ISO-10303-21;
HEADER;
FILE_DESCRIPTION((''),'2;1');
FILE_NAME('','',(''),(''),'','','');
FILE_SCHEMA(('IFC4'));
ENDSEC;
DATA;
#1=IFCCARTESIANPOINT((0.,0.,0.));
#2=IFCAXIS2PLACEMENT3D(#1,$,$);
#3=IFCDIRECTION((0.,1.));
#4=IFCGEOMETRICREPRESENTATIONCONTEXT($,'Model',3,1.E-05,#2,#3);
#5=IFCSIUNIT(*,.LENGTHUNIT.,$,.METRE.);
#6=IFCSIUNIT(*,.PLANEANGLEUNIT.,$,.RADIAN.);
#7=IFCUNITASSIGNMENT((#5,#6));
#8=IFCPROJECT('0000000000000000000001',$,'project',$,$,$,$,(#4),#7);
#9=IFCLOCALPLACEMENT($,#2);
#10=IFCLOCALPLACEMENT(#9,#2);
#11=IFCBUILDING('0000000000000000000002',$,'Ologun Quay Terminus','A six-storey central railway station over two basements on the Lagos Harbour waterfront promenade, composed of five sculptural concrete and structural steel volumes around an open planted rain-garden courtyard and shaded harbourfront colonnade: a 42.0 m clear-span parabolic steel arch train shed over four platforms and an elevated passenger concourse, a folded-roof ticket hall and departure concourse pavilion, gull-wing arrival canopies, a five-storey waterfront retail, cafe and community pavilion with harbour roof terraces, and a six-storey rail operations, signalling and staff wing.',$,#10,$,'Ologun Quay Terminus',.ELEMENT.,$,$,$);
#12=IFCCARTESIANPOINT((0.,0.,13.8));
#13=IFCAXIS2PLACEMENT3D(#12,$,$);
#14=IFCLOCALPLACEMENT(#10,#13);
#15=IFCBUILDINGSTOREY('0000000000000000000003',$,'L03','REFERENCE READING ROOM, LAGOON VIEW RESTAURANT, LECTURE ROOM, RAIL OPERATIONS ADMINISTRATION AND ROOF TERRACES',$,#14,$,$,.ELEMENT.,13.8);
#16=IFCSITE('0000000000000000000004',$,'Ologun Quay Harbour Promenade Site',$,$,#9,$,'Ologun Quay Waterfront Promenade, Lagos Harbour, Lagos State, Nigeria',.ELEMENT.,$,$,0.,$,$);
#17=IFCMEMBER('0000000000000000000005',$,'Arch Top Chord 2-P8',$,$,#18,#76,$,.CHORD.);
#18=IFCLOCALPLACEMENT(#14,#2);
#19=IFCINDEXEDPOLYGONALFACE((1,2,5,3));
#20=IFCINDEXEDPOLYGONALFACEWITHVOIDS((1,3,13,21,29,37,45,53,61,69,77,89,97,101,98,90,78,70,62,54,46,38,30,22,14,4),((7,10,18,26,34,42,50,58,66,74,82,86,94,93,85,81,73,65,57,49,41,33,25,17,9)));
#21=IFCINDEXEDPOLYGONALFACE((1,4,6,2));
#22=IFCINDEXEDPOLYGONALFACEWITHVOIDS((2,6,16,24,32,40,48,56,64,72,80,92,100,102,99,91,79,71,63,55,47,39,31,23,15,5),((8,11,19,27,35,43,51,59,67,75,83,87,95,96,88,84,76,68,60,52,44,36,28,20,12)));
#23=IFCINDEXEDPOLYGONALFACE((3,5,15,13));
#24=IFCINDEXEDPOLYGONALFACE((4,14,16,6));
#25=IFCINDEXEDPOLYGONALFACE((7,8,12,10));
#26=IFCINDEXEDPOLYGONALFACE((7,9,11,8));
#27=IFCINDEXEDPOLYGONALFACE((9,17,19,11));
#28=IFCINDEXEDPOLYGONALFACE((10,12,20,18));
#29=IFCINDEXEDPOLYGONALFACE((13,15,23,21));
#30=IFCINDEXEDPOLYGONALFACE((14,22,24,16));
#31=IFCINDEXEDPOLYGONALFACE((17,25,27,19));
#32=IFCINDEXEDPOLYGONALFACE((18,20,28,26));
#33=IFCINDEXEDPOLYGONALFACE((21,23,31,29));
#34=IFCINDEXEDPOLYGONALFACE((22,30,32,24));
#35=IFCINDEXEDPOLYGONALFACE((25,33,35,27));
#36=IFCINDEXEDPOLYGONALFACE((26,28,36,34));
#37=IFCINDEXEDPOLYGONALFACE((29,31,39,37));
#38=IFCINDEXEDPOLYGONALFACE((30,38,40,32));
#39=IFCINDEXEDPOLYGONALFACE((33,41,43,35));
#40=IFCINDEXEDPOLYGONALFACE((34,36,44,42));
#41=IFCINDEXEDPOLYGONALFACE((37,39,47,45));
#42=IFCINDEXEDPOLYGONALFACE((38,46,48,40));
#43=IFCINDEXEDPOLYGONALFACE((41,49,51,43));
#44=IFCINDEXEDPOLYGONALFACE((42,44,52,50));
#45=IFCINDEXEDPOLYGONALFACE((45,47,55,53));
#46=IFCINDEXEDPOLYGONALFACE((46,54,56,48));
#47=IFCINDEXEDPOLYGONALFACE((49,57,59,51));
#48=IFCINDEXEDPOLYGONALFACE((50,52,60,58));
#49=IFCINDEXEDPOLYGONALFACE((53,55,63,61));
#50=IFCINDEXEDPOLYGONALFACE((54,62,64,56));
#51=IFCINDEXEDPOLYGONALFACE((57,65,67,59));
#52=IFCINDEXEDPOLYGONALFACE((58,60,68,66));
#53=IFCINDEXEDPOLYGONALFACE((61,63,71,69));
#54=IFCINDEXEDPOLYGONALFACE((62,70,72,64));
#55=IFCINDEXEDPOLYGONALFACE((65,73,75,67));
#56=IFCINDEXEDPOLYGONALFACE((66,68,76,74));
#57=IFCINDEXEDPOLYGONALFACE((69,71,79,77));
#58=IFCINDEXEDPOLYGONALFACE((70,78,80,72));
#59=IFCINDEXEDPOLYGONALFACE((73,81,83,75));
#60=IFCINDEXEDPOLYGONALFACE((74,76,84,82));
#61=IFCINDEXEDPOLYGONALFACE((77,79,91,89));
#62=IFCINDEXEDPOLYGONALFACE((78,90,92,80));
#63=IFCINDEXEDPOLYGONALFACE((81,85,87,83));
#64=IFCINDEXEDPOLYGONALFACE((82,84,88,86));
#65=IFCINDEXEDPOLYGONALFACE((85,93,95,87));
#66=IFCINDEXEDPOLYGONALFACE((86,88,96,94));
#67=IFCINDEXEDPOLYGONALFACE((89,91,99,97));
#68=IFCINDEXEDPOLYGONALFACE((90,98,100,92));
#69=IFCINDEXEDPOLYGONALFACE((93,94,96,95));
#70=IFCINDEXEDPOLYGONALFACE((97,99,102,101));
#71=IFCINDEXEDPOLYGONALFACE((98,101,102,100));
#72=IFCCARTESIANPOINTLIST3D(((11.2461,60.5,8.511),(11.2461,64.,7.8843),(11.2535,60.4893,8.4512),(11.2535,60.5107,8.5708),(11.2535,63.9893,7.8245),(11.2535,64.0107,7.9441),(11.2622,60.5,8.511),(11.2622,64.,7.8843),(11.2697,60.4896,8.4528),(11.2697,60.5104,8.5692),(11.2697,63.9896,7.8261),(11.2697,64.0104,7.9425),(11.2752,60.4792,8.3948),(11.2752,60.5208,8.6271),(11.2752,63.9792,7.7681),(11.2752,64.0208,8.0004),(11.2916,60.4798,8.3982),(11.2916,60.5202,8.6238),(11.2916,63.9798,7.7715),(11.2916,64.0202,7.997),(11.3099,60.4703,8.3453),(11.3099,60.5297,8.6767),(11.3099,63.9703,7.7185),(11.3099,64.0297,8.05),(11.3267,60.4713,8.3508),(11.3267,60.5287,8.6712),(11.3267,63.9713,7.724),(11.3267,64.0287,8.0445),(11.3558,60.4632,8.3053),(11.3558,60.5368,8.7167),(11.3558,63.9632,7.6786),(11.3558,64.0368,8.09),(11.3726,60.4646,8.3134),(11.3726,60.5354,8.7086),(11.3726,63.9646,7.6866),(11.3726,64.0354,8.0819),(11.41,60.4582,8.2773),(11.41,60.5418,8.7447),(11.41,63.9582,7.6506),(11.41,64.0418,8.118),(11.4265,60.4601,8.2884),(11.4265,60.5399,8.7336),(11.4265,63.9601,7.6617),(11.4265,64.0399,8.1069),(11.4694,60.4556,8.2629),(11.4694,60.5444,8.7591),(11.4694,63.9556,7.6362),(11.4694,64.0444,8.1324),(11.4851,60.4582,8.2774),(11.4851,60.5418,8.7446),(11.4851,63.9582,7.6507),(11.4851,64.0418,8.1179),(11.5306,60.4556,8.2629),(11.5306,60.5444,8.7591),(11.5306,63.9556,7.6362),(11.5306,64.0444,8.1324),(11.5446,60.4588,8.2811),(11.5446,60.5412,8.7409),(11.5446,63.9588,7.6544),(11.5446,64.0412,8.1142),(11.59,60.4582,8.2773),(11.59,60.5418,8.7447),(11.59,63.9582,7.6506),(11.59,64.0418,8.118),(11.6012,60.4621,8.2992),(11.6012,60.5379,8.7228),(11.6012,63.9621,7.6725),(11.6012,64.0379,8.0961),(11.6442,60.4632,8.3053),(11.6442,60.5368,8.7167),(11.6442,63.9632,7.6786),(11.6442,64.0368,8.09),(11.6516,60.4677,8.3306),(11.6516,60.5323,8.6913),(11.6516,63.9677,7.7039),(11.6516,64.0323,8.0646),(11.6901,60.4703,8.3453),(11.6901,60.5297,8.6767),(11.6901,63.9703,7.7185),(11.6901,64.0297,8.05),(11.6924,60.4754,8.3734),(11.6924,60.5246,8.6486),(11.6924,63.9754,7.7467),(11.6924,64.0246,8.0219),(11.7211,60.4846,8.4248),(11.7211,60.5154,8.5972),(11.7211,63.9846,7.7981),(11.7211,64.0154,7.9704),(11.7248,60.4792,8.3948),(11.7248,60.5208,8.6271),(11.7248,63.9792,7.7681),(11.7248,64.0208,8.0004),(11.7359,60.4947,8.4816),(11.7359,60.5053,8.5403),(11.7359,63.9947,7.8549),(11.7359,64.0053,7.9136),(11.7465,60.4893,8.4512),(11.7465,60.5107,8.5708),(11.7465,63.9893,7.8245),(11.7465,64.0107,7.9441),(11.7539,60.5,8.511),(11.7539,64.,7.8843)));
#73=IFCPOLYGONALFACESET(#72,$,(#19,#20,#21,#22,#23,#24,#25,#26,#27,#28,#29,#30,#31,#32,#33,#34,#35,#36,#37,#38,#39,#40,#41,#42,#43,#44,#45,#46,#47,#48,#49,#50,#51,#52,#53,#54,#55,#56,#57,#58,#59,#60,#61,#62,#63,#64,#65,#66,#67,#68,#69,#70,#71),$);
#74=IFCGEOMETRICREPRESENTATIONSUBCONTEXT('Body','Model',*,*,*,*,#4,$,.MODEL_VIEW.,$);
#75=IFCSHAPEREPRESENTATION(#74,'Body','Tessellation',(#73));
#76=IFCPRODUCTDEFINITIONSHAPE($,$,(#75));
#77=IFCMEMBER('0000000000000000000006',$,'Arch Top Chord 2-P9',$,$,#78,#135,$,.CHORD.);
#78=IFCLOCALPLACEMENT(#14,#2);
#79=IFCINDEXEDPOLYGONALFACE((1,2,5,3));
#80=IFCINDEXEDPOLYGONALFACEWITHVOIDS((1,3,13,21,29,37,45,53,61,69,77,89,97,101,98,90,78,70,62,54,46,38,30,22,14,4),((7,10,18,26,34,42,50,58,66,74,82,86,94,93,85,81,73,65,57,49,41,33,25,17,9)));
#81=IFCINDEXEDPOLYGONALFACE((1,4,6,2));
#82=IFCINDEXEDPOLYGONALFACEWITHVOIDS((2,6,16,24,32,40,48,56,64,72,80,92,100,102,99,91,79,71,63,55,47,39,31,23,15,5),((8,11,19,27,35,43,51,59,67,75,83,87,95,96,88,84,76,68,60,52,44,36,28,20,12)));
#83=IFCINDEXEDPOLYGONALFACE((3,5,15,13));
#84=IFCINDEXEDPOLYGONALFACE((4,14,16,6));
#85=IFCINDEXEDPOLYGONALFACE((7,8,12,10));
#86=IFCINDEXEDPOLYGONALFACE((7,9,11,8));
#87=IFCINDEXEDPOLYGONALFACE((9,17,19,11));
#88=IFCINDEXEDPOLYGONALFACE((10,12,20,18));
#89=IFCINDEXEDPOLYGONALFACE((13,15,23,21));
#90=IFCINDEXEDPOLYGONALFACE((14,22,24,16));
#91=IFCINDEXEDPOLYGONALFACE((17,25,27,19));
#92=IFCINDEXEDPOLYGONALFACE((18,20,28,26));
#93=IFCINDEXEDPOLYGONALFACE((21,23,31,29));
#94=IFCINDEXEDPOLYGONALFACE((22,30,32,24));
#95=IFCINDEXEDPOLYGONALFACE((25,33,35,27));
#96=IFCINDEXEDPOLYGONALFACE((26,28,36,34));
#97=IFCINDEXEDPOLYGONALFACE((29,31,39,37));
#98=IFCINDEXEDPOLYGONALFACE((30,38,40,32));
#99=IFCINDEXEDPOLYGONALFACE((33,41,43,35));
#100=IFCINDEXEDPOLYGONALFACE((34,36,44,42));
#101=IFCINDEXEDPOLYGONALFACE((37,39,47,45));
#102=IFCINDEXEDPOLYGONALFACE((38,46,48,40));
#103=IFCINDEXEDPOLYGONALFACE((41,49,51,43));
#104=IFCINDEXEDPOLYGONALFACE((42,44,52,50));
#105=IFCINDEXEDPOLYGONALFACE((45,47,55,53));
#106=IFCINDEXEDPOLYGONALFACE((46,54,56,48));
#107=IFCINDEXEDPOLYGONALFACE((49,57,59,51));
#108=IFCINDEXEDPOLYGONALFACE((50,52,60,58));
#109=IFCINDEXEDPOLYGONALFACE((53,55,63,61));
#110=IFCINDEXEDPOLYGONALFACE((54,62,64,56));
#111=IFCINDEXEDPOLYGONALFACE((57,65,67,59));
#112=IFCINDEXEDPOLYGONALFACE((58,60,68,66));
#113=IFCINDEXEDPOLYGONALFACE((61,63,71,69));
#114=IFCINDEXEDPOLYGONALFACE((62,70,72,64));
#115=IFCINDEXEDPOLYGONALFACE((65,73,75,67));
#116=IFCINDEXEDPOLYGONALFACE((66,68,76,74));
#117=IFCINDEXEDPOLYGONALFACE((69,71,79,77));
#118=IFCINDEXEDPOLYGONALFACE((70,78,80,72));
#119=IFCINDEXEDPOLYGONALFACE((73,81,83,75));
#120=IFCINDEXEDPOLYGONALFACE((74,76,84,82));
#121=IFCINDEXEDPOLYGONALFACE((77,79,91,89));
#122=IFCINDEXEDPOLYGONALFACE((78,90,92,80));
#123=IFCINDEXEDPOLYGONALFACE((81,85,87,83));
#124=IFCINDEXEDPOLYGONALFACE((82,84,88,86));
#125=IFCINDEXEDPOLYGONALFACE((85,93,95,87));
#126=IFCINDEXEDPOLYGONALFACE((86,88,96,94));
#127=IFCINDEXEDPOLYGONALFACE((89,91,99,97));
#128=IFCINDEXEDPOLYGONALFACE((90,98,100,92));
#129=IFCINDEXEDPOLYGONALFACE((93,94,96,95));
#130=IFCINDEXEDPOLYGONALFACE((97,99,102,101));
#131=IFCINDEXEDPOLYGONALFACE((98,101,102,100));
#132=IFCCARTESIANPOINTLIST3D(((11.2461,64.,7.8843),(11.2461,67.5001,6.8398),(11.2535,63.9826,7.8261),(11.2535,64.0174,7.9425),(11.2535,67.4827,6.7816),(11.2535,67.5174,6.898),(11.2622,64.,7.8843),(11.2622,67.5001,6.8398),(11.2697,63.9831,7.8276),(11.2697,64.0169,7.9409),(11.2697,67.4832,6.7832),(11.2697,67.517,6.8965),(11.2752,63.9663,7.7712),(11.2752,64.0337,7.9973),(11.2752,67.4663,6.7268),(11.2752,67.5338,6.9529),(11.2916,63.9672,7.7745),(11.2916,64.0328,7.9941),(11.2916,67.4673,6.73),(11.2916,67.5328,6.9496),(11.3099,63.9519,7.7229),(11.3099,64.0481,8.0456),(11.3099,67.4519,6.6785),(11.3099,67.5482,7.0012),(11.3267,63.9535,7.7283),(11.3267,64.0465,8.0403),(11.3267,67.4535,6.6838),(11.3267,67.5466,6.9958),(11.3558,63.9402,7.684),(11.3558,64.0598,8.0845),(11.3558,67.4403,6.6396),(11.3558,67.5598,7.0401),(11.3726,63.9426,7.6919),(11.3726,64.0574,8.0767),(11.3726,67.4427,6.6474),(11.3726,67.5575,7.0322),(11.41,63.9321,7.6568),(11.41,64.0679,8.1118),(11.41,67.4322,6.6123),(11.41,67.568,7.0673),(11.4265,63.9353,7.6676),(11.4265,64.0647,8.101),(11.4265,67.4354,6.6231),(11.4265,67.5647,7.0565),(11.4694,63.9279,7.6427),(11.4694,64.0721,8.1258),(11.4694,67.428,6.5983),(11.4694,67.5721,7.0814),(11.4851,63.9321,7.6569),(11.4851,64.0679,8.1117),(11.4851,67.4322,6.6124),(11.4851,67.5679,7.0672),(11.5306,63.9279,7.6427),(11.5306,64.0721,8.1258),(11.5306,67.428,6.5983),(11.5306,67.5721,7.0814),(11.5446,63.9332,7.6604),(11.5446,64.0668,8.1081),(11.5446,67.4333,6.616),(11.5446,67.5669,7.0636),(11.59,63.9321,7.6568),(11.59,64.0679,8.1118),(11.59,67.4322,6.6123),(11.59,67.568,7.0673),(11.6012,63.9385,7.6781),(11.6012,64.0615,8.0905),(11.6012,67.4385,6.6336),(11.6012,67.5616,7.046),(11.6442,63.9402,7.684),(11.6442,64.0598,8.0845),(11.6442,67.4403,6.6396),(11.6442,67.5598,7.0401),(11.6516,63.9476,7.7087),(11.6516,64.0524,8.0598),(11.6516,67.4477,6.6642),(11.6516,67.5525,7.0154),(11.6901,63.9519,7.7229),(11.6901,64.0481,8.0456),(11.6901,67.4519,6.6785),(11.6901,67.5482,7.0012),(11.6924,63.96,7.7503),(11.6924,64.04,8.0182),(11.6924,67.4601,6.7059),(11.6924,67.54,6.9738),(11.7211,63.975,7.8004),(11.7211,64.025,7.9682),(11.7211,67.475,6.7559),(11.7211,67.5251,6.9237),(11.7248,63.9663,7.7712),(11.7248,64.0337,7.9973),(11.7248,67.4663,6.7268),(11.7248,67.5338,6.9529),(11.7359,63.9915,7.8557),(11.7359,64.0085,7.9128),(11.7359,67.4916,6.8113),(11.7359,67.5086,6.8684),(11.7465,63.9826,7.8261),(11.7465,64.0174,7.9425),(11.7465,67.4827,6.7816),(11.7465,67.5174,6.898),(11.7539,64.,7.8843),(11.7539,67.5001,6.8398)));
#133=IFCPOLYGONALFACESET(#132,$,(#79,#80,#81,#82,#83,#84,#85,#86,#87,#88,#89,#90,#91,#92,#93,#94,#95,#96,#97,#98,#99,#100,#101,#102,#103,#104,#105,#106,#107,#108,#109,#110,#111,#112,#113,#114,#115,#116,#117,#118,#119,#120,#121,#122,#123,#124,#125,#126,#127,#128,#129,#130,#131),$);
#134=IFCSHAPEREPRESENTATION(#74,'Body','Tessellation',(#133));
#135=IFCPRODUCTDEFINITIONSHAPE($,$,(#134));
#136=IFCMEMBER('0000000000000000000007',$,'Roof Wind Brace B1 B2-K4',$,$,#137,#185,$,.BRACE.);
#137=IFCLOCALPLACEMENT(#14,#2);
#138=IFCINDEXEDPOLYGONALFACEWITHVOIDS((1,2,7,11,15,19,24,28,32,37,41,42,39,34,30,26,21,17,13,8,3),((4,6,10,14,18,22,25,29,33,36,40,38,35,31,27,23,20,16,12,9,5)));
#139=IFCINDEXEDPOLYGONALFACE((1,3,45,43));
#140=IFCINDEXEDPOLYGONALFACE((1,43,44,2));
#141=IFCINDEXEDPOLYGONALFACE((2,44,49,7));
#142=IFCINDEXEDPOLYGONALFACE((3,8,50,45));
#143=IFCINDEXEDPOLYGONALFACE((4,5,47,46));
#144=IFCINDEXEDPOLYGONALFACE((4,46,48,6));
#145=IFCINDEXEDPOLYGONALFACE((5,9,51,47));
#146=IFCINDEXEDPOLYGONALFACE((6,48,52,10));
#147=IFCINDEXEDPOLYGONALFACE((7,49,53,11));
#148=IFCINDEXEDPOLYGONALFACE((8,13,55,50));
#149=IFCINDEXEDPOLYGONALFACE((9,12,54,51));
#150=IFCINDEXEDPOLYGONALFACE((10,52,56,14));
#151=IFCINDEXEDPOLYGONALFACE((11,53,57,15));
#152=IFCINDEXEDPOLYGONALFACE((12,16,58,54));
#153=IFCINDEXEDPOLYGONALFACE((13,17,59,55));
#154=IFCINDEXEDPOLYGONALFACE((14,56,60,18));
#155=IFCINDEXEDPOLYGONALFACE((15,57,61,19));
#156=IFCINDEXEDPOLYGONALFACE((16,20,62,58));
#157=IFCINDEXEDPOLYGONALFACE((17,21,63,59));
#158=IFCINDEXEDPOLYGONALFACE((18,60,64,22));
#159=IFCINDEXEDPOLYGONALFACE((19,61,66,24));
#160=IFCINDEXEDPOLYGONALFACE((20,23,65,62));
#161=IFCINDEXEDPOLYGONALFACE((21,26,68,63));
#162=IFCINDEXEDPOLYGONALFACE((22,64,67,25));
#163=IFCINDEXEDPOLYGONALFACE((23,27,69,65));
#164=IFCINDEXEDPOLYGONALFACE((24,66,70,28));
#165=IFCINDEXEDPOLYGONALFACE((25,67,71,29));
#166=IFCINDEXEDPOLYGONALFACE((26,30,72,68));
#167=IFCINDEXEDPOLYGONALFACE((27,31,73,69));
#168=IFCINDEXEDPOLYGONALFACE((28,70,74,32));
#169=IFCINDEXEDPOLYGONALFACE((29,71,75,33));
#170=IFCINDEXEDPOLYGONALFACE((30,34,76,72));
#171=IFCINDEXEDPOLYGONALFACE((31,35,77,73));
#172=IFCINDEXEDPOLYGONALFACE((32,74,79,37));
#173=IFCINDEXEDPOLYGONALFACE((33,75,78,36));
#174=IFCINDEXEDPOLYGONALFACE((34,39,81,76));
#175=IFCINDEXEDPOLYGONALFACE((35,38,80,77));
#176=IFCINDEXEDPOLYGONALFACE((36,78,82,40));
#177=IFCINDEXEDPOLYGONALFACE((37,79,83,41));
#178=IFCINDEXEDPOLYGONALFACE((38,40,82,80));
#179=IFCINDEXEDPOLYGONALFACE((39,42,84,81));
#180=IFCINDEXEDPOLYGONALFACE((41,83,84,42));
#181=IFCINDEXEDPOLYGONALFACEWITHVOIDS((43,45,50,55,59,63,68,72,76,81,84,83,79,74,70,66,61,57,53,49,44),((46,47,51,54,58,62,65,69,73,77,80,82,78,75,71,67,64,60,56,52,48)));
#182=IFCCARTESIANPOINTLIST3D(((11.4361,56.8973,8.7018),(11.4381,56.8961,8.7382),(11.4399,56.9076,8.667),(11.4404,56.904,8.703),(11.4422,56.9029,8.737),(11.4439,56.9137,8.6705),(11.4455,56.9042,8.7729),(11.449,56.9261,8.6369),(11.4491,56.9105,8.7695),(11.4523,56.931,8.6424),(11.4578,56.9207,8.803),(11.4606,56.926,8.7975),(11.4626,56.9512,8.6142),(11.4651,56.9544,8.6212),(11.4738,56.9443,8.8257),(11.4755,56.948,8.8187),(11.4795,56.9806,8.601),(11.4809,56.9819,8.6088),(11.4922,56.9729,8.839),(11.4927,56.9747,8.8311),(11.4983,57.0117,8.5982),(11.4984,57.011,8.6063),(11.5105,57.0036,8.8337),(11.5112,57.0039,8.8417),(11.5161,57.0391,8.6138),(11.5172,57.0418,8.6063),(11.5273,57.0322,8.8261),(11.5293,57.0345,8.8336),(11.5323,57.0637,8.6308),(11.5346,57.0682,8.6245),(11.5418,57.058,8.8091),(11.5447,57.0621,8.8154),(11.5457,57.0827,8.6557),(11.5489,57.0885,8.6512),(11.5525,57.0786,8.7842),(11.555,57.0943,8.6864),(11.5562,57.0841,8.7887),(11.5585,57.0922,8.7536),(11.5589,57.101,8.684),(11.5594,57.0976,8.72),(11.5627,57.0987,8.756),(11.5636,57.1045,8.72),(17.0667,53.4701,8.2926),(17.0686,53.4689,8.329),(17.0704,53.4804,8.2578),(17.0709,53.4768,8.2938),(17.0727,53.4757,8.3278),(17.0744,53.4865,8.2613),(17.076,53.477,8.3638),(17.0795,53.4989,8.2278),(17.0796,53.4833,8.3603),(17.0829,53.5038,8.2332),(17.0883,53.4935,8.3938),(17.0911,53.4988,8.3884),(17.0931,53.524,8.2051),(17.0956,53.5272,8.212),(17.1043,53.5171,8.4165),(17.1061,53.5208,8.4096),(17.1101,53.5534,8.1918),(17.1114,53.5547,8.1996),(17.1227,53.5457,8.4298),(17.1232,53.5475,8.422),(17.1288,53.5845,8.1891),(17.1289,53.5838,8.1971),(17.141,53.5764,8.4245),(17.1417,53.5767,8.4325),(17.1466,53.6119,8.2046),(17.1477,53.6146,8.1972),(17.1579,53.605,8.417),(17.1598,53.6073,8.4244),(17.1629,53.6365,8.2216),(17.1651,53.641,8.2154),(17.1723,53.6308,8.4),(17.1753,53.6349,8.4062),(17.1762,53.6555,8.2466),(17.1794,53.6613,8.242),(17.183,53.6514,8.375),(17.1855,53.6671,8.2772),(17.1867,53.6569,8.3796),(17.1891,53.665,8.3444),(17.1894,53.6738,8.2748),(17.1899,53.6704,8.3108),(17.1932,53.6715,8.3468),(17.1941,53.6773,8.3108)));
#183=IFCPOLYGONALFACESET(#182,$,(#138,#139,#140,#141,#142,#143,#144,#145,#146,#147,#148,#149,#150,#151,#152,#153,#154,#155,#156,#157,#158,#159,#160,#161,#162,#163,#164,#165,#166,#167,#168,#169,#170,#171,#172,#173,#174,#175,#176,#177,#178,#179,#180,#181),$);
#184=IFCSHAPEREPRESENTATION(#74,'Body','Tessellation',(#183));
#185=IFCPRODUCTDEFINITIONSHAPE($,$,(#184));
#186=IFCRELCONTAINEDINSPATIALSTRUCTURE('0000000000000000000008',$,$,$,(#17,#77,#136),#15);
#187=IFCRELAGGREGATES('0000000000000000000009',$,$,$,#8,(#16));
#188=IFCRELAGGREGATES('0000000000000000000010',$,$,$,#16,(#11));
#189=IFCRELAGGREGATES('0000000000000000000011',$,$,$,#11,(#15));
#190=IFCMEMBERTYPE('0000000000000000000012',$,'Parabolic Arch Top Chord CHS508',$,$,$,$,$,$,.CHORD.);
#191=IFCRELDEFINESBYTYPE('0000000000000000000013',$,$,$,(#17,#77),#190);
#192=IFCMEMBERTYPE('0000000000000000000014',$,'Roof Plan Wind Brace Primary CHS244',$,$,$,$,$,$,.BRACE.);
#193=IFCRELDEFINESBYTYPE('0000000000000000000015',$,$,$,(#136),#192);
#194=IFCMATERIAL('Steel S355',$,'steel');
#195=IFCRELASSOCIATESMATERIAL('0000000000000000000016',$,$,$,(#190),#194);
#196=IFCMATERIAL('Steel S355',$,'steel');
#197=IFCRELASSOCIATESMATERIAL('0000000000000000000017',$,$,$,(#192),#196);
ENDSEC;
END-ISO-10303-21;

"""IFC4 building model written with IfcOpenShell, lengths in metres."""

from ifc_helpers import new_model, si_unit, direction, frame, origin, origin_2d, place, context, subcontext, project, spatial, hollow_circle, extrude, material, material_profile, profile_set, type_object, element, save


model = new_model("IFC4")

# Units and contexts
model_context = context("Model", 3, precision=1e-05, world=origin(), true_north=direction((0.0, 1.0)))
body_context = subcontext(model_context, "Body", "Model", "MODEL_VIEW")
ifc_project = project(units=[si_unit("LENGTHUNIT", "METRE"), si_unit("PLANEANGLEUNIT", "RADIAN")], contexts=[model_context])

# Site, building, storey
site_placement = place(None, origin())
site = spatial("IfcSite", under=ifc_project, at=site_placement, Name="Ologun Quay Harbour Promenade Site", LongName="Ologun Quay Waterfront Promenade, Lagos Harbour, Lagos State, Nigeria", CompositionType="ELEMENT", RefElevation=0.0)
building_placement = place(site_placement, origin())
building = spatial("IfcBuilding", under=site, at=building_placement, Name="Ologun Quay Terminus", Description="A six-storey central railway station over two basements on the Lagos Harbour waterfront promenade, composed of five sculptural concrete and structural steel volumes around an open planted rain-garden courtyard and shaded harbourfront colonnade: a 42.0 m clear-span parabolic steel arch train shed over four platforms and an elevated passenger concourse, a folded-roof ticket hall and departure concourse pavilion, gull-wing arrival canopies, a five-storey waterfront retail, cafe and community pavilion with harbour roof terraces, and a six-storey rail operations, signalling and staff wing.", LongName="Ologun Quay Terminus", CompositionType="ELEMENT")
storey_placement = place(building_placement, frame((0.0, 0.0, 13.8)))
storey = spatial("IfcBuildingStorey", under=building, at=storey_placement, Name="L03", Description="REFERENCE READING ROOM, LAGOON VIEW RESTAURANT, LECTURE ROOM, RAIL OPERATIONS ADMINISTRATION AND ROOF TERRACES", CompositionType="ELEMENT", Elevation=13.8)

# Members
ifc_material_1 = material(Name="Steel S355", Category="steel")
ifc_material_profile_1 = material_profile(ifc_material_1, hollow_circle(Radius=0.2539, WallThickness=0.0161, at=origin_2d()), Name="CHS 508x16")
ifc_profile_set_1 = profile_set([ifc_material_profile_1], Name="Steel S355")
member_type_1 = type_object("IfcMemberType", Name="Parabolic Arch Top Chord CHS508", PredefinedType="CHORD", material=ifc_profile_set_1)
member_1_placement = place(storey_placement, frame((11.5, 60.5, 8.511), z_axis=(0.0, 0.984344, -0.176256), x_axis=(-1.0, 0.0, 0.0)))
element("IfcMember", 1, at=member_1_placement, inside=storey, type_object=member_type_1, Name="Arch Top Chord 2-P8", PredefinedType="CHORD", context=body_context, shape_type="SweptSolid", body=[
    extrude(hollow_circle(Radius=0.2539, WallThickness=0.0161, at=origin_2d()), origin(), (0.0, 0.0, 1.0), 3.5557),
])
member_2_placement = place(storey_placement, frame((11.5, 64.0, 7.8843), z_axis=(0.0, 0.958245, -0.285949), x_axis=(-1.0, 0.0, 0.0)))
element("IfcMember", 2, at=member_2_placement, inside=storey, type_object=member_type_1, Name="Arch Top Chord 2-P9", PredefinedType="CHORD", context=body_context, shape_type="SweptSolid", body=[
    extrude(hollow_circle(Radius=0.2539, WallThickness=0.0161, at=origin_2d()), origin(), (0.0, 0.0, 1.0), 3.6526),
])
ifc_material_2 = material(Name="Steel S355", Category="steel")
ifc_material_profile_2 = material_profile(ifc_material_2, hollow_circle(Radius=0.1223, WallThickness=0.0081, at=origin_2d()), Name="CHS 244.5x8")
ifc_profile_set_2 = profile_set([ifc_material_profile_2], Name="Steel S355")
member_type_2 = type_object("IfcMemberType", Name="Roof Plan Wind Brace Primary CHS244", PredefinedType="BRACE", material=ifc_profile_set_2)
member_3_placement = place(storey_placement, frame((11.5, 57.0, 8.72), z_axis=(0.852563, -0.518939, -0.061956), x_axis=(0.519938, 0.854204, 0.0)))
element("IfcMember", 3, at=member_3_placement, inside=storey, type_object=member_type_2, Name="Roof Wind Brace B1 B2-K4", PredefinedType="BRACE", context=body_context, shape_type="SweptSolid", body=[
    extrude(hollow_circle(Radius=0.1223, WallThickness=0.0081, at=origin_2d()), origin(), (0.0, 0.0, 1.0), 6.6042),
])

save(model, "model.ifc")
